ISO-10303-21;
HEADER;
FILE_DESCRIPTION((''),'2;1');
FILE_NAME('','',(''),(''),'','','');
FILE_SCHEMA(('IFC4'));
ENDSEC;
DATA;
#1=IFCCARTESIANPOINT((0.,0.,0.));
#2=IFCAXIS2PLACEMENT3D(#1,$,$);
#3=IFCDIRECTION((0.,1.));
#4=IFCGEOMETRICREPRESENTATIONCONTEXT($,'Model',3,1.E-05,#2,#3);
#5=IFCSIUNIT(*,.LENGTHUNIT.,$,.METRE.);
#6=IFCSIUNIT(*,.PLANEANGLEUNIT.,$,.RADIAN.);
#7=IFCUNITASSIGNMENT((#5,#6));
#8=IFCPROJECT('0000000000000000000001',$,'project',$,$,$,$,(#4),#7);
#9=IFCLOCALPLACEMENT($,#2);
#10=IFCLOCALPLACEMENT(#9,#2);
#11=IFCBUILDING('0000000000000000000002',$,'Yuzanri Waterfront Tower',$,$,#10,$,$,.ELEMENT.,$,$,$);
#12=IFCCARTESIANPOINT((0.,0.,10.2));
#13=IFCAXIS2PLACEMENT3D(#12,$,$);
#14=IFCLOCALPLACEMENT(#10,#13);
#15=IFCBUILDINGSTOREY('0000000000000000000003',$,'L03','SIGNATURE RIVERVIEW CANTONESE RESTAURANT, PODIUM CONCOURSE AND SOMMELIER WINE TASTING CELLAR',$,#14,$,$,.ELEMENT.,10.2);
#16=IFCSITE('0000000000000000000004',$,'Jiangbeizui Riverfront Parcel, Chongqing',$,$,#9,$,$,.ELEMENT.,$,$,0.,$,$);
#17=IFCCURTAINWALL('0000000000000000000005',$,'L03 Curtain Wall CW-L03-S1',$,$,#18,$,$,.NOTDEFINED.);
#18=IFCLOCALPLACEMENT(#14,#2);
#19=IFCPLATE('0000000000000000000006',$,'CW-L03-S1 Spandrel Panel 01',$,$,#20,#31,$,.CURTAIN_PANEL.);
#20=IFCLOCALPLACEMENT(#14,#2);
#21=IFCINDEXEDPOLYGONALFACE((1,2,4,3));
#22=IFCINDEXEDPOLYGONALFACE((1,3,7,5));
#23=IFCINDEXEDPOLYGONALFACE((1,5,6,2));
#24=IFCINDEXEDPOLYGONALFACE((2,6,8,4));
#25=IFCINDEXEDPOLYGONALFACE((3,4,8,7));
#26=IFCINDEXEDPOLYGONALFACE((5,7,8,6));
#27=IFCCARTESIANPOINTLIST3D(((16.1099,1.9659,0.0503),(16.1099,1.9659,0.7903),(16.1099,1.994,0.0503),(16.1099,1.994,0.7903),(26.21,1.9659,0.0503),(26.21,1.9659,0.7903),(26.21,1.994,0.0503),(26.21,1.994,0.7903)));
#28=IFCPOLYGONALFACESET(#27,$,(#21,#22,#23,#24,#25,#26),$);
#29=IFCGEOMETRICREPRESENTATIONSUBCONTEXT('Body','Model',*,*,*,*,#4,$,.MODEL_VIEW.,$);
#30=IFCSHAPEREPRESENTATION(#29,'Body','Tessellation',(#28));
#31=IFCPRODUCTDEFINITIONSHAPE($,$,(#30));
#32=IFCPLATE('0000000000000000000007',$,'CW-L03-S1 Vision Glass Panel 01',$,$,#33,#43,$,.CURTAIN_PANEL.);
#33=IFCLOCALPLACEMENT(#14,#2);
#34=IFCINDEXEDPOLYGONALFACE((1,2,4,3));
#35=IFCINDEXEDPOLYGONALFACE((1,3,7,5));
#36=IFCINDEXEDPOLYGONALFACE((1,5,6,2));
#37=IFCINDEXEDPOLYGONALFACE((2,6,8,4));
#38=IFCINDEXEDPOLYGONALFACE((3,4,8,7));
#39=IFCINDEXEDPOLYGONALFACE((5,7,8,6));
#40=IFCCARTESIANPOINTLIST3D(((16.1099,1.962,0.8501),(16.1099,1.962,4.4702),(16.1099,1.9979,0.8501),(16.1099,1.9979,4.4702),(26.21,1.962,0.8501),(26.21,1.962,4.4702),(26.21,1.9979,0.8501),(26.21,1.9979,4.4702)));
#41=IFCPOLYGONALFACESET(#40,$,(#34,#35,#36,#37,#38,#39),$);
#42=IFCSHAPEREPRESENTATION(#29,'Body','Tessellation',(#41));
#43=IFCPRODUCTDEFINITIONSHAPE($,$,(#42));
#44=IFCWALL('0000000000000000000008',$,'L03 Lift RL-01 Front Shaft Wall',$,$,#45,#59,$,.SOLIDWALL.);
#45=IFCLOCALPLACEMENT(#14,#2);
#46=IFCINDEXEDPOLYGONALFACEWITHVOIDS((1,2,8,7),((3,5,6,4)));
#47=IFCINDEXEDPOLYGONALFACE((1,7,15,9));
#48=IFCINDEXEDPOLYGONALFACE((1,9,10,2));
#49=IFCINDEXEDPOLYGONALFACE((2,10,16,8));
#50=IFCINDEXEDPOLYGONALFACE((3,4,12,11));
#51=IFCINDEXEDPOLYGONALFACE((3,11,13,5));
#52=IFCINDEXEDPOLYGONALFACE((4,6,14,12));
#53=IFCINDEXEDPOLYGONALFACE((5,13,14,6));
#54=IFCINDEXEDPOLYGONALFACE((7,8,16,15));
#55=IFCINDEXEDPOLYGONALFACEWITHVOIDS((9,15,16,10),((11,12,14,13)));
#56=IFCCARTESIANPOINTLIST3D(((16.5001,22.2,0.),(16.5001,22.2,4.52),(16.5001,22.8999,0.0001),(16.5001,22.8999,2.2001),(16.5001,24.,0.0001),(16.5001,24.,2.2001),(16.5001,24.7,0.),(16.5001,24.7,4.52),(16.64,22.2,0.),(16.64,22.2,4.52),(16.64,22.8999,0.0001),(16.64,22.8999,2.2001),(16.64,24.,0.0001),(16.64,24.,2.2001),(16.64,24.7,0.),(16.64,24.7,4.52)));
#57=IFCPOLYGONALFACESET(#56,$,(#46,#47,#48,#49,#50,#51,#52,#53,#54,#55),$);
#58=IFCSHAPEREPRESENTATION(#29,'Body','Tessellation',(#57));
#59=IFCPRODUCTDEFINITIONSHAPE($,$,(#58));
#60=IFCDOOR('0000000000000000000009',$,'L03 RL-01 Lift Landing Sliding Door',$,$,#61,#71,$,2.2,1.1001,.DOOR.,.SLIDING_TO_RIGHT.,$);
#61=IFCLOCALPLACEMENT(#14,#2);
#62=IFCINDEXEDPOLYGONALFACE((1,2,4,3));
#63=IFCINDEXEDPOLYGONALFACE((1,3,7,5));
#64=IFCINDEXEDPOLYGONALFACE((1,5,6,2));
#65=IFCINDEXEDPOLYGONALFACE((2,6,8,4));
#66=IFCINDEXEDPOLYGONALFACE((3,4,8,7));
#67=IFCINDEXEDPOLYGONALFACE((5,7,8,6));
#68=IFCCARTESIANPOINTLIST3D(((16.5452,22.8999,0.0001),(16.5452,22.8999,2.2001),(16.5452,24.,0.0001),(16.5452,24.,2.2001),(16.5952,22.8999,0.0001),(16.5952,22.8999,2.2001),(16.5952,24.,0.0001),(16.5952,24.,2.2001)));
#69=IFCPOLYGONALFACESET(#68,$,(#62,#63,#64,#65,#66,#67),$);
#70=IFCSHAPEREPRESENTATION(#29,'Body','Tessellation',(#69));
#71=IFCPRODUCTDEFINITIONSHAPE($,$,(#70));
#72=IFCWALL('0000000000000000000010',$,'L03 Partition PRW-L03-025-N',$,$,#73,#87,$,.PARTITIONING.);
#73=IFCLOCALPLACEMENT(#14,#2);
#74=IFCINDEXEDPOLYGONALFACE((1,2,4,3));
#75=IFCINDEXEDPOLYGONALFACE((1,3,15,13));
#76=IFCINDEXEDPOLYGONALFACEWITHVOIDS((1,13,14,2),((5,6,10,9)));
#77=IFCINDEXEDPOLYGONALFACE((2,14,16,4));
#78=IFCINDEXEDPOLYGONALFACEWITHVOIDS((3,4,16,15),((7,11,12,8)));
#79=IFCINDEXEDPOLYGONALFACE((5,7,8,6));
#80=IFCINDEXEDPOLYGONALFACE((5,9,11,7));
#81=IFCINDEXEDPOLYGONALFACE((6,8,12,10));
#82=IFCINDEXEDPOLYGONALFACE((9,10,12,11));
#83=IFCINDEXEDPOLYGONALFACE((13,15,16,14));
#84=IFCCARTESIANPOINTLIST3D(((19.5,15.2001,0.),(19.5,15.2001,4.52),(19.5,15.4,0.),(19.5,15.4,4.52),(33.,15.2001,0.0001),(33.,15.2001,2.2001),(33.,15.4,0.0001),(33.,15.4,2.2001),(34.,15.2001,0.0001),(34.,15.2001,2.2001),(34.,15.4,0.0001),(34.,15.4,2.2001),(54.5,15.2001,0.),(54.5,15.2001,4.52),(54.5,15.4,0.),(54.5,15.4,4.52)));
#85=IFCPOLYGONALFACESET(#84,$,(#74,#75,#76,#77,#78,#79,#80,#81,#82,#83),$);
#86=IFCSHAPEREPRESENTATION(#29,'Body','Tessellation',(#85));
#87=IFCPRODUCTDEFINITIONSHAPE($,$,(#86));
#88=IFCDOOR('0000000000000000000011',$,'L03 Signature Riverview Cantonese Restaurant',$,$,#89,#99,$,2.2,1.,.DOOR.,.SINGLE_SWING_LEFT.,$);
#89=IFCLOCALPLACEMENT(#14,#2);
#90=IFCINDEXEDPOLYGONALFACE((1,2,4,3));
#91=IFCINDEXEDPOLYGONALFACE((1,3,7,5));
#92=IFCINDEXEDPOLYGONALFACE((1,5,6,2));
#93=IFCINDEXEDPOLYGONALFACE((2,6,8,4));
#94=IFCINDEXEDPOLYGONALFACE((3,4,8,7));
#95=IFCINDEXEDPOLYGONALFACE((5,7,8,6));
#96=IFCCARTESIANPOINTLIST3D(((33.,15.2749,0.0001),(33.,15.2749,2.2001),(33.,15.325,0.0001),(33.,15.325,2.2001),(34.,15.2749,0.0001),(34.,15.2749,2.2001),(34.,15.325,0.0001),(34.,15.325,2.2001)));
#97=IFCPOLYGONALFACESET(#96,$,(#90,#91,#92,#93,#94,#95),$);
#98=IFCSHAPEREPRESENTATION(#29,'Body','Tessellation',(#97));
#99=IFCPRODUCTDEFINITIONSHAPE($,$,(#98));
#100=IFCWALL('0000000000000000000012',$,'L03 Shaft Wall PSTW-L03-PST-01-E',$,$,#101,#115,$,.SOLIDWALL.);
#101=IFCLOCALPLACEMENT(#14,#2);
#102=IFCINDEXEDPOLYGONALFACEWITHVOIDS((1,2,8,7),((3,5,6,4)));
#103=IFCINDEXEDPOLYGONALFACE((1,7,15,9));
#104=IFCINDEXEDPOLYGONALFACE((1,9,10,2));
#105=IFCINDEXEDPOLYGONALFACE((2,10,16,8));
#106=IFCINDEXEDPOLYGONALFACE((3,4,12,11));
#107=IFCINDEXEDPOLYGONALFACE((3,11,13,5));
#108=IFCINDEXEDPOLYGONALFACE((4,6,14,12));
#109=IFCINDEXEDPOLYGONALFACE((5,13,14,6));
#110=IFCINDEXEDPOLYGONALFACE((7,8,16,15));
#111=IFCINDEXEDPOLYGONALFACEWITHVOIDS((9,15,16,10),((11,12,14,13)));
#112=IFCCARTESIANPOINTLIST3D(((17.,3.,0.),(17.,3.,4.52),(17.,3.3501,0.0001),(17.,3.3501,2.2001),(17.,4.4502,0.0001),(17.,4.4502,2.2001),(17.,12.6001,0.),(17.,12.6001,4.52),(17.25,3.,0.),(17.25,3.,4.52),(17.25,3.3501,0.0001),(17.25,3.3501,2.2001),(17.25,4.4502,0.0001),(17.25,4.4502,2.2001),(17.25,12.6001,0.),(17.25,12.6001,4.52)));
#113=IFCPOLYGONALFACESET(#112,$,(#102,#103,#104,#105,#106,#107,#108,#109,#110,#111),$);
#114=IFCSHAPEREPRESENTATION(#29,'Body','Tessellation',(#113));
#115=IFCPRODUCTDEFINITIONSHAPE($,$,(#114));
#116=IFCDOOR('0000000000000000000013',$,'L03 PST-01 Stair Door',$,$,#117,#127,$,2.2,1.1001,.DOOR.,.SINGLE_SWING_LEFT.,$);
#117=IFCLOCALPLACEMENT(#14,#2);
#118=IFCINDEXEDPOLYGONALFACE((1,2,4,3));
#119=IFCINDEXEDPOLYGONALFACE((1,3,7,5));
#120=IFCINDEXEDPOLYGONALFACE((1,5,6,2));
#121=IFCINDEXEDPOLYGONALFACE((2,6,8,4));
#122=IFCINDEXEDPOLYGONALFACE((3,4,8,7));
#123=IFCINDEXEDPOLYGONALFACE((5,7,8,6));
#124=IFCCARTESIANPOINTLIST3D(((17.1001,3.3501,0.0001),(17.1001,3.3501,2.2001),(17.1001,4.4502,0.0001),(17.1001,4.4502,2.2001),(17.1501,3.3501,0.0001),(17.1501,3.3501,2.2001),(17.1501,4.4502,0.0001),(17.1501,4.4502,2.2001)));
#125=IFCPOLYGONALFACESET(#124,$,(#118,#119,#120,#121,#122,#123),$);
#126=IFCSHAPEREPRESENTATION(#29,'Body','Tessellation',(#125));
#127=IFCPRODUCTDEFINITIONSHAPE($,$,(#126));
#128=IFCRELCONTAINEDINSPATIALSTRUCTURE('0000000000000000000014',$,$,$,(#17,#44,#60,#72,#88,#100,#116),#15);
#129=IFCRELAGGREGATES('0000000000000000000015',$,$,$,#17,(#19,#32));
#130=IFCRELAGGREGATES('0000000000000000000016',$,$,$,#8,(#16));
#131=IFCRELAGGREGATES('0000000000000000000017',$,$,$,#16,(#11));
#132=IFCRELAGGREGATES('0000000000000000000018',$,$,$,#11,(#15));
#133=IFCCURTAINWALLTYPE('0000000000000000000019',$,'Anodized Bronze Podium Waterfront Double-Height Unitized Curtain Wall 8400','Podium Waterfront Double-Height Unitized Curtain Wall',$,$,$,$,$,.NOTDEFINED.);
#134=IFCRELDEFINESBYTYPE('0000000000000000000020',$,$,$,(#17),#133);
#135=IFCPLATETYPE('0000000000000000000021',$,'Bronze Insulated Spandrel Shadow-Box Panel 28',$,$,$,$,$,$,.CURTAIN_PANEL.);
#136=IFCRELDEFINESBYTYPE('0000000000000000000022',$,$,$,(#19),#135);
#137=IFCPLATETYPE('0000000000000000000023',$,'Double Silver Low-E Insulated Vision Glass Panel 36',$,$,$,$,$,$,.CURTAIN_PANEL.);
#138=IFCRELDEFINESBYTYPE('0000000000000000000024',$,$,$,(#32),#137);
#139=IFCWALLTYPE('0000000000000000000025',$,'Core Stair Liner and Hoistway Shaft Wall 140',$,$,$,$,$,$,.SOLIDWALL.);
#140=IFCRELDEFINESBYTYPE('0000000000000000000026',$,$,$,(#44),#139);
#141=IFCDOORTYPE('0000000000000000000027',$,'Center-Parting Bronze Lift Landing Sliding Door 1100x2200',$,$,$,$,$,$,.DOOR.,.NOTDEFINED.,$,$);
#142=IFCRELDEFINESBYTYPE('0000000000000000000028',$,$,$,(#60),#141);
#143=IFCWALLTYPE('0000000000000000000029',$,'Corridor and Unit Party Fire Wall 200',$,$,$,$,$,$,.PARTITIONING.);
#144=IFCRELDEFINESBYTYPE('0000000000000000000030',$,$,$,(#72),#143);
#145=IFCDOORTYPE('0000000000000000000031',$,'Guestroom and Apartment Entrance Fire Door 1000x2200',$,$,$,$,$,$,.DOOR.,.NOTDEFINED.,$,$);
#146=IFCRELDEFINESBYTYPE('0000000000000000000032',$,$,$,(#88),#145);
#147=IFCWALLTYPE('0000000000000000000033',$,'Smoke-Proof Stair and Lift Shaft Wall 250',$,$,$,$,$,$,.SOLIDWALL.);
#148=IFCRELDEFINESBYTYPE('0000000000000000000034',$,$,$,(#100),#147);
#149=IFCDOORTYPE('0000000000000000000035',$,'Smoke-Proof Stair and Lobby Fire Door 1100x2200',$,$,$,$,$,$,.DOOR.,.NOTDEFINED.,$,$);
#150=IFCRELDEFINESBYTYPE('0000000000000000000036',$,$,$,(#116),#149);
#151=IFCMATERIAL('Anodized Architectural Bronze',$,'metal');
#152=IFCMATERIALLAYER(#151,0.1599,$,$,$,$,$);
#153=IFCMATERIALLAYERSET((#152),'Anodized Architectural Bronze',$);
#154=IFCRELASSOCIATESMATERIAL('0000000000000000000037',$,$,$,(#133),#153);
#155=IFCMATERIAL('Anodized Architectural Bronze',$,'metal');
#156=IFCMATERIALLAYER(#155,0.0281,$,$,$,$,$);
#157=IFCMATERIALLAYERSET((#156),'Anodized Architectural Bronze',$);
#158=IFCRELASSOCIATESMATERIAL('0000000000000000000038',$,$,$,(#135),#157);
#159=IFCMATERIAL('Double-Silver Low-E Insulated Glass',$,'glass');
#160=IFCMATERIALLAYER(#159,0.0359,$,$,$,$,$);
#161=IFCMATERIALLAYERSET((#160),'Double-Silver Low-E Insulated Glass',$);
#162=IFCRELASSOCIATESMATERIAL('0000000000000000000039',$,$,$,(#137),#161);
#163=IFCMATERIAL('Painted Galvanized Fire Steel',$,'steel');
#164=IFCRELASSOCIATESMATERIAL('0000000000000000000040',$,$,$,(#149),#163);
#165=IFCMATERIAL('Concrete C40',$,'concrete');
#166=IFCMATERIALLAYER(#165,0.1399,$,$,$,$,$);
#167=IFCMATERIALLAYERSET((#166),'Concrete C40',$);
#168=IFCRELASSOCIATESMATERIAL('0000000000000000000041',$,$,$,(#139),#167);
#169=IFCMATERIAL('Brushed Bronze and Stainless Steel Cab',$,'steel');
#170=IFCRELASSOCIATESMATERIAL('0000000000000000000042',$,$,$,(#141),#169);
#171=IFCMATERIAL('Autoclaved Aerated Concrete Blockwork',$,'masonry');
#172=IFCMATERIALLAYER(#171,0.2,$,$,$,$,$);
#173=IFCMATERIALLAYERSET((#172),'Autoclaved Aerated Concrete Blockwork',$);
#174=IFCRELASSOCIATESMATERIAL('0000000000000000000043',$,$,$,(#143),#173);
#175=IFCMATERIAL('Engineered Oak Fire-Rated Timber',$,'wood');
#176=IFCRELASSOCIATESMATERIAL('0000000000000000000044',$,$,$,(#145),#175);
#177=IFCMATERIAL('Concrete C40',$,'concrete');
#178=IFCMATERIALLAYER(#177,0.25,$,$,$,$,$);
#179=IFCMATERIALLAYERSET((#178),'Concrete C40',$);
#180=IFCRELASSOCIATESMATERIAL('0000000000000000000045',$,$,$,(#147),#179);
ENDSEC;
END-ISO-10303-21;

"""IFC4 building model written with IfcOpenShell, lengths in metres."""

from ifc_helpers import new_model, si_unit, direction, frame, frame_2d, origin, origin_2d, place, context, subcontext, project, spatial, rectangle, extrude, source, transform, mapped, material, layer, layer_set, type_object, element, fill, aggregate, save


model = new_model("IFC4")

# Units and contexts
model_context = context("Model", 3, precision=1e-05, world=origin(), true_north=direction((0.0, 1.0)))
body_context = subcontext(model_context, "Body", "Model", "MODEL_VIEW")
ifc_project = project(units=[si_unit("LENGTHUNIT", "METRE"), si_unit("PLANEANGLEUNIT", "RADIAN")], contexts=[model_context])

# Site, building, storey
site_placement = place(None, origin())
site = spatial("IfcSite", under=ifc_project, at=site_placement, Name="Jiangbeizui Riverfront Parcel, Chongqing", CompositionType="ELEMENT", RefElevation=0.0)
building_placement = place(site_placement, origin())
building = spatial("IfcBuilding", under=site, at=building_placement, Name="Yuzanri Waterfront Tower", CompositionType="ELEMENT")
storey_placement = place(building_placement, frame((0.0, 0.0, 10.2)))
storey = spatial("IfcBuildingStorey", under=building, at=storey_placement, Name="L03", Description="SIGNATURE RIVERVIEW CANTONESE RESTAURANT, PODIUM CONCOURSE AND SOMMELIER WINE TASTING CELLAR", CompositionType="ELEMENT", Elevation=10.2)

# Curtain wall, plates
ifc_material_1 = material(Name="Anodized Architectural Bronze", Category="metal")
ifc_layer_1 = layer(ifc_material_1, 0.1599)
ifc_layer_set_1 = layer_set([ifc_layer_1], Name="Anodized Architectural Bronze")
curtain_wall_type = type_object("IfcCurtainWallType", Name="Anodized Bronze Podium Waterfront Double-Height Unitized Curtain Wall 8400", Description="Podium Waterfront Double-Height Unitized Curtain Wall", PredefinedType="NOTDEFINED", material=ifc_layer_set_1)
curtain_wall_placement = place(storey_placement, origin())
curtain_wall = element("IfcCurtainWall", 1, at=curtain_wall_placement, inside=storey, type_object=curtain_wall_type, Name="L03 Curtain Wall CW-L03-S1", PredefinedType="NOTDEFINED")
ifc_material_2 = material(Name="Anodized Architectural Bronze", Category="metal")
ifc_layer_2 = layer(ifc_material_2, 0.0281)
ifc_layer_set_2 = layer_set([ifc_layer_2], Name="Anodized Architectural Bronze")
plate_type_1 = type_object("IfcPlateType", Name="Bronze Insulated Spandrel Shadow-Box Panel 28", PredefinedType="CURTAIN_PANEL", material=ifc_layer_set_2)
shared_shape_1 = source(origin(), body_context, "Body", "SweptSolid", [
    extrude(rectangle(XDim=10.1001, YDim=0.0281, at=origin_2d()), origin(), (0.0, 0.0, 1.0), 0.74),
])
plate_1_placement = place(storey_placement, frame((21.1599, 1.98, 0.0503), z_axis=(0.0, 0.0, 1.0), x_axis=(1.0, 0.0, 0.0)))
plate_1 = element("IfcPlate", 2, at=plate_1_placement, type_object=plate_type_1, Name="CW-L03-S1 Spandrel Panel 01", PredefinedType="CURTAIN_PANEL", context=body_context, shape_type="MappedRepresentation", body=[
    mapped(shared_shape_1, transform((0.0, 0.0, 0.0), scale=1.0)),
])
ifc_material_3 = material(Name="Double-Silver Low-E Insulated Glass", Category="glass")
ifc_layer_3 = layer(ifc_material_3, 0.0359)
ifc_layer_set_3 = layer_set([ifc_layer_3], Name="Double-Silver Low-E Insulated Glass")
plate_type_2 = type_object("IfcPlateType", Name="Double Silver Low-E Insulated Vision Glass Panel 36", PredefinedType="CURTAIN_PANEL", material=ifc_layer_set_3)
shared_shape_2 = source(origin(), body_context, "Body", "SweptSolid", [
    extrude(rectangle(XDim=10.1001, YDim=0.0359, at=origin_2d()), origin(), (0.0, 0.0, 1.0), 3.6201),
])
plate_2_placement = place(storey_placement, frame((21.1599, 1.98, 0.8501), z_axis=(0.0, 0.0, 1.0), x_axis=(1.0, 0.0, 0.0)))
plate_2 = element("IfcPlate", 3, at=plate_2_placement, type_object=plate_type_2, Name="CW-L03-S1 Vision Glass Panel 01", PredefinedType="CURTAIN_PANEL", context=body_context, shape_type="MappedRepresentation", body=[
    mapped(shared_shape_2, transform((0.0, 0.0, 0.0), scale=1.0)),
])
aggregate(curtain_wall, [plate_1, plate_2])

# Shared definitions
ifc_material_4 = material(Name="Painted Galvanized Fire Steel", Category="steel")
door_type_1 = type_object("IfcDoorType", Name="Smoke-Proof Stair and Lobby Fire Door 1100x2200", OperationType="NOTDEFINED", PredefinedType="DOOR", material=ifc_material_4)
shared_shape_3 = source(origin(), body_context, "Body", "SweptSolid", [
    extrude(rectangle(XDim=1.1001, YDim=2.2, at=frame_2d((0.55, 1.1001))), frame((0.0, 0.0249, 0.0), z_axis=(0.0, -1.0, 0.0), x_axis=(1.0, 0.0, 0.0)), (0.0, 0.0, 1.0), 0.05),
])

# Walls, openings, doors
ifc_material_5 = material(Name="Concrete C40", Category="concrete")
ifc_layer_4 = layer(ifc_material_5, 0.1399)
ifc_layer_set_4 = layer_set([ifc_layer_4], Name="Concrete C40")
wall_type_1 = type_object("IfcWallType", Name="Core Stair Liner and Hoistway Shaft Wall 140", PredefinedType="SOLIDWALL", material=ifc_layer_set_4)
wall_1_placement = place(storey_placement, frame((16.5701, 22.2, 0.0), z_axis=(0.0, 0.0, 1.0), x_axis=(0.0, 1.0, 0.0)))
wall_1 = element("IfcWall", 4, at=wall_1_placement, inside=storey, type_object=wall_type_1, Name="L03 Lift RL-01 Front Shaft Wall", PredefinedType="SOLIDWALL", context=body_context, shape_type="SweptSolid", body=[
    extrude(rectangle(XDim=2.5, YDim=0.1399, at=frame_2d((1.25, 0.0))), origin(), (0.0, 0.0, 1.0), 4.52),
])
opening_1_placement = place(wall_1_placement, frame((0.7, 0.0, 0.0)))
opening_1 = element("IfcOpeningElement", 5, at=opening_1_placement, cuts=wall_1, PredefinedType="OPENING", context=body_context, shape_type="SweptSolid", body=[
    extrude(rectangle(XDim=1.1001, YDim=2.2, at=frame_2d((0.55, 1.1001))), frame((0.0, 0.085, 0.0), z_axis=(0.0, -1.0, 0.0), x_axis=(1.0, 0.0, 0.0)), (0.0, 0.0, 1.0), 0.1697),
])
ifc_material_6 = material(Name="Brushed Bronze and Stainless Steel Cab", Category="steel")
door_type_2 = type_object("IfcDoorType", Name="Center-Parting Bronze Lift Landing Sliding Door 1100x2200", OperationType="NOTDEFINED", PredefinedType="DOOR", material=ifc_material_6)
shared_shape_4 = source(origin(), body_context, "Body", "SweptSolid", [
    extrude(rectangle(XDim=1.1001, YDim=2.2, at=frame_2d((0.55, 1.1001))), frame((0.0, 0.0249, 0.0), z_axis=(0.0, -1.0, 0.0), x_axis=(1.0, 0.0, 0.0)), (0.0, 0.0, 1.0), 0.05),
])
door_1_placement = place(opening_1_placement, origin())
door_1 = element("IfcDoor", 6, at=door_1_placement, inside=storey, type_object=door_type_2, Name="L03 RL-01 Lift Landing Sliding Door", OperationType="SLIDING_TO_RIGHT", OverallHeight=2.2, OverallWidth=1.1001, PredefinedType="DOOR", context=body_context, shape_type="MappedRepresentation", body=[
    mapped(shared_shape_4, transform((0.0, 0.0, 0.0), scale=1.0)),
])
fill(opening_1, door_1)
ifc_material_7 = material(Name="Autoclaved Aerated Concrete Blockwork", Category="masonry")
ifc_layer_5 = layer(ifc_material_7, 0.2)
ifc_layer_set_5 = layer_set([ifc_layer_5], Name="Autoclaved Aerated Concrete Blockwork")
wall_type_2 = type_object("IfcWallType", Name="Corridor and Unit Party Fire Wall 200", PredefinedType="PARTITIONING", material=ifc_layer_set_5)
wall_2_placement = place(storey_placement, frame((19.5, 15.3, 0.0), z_axis=(0.0, 0.0, 1.0), x_axis=(1.0, 0.0, 0.0)))
wall_2 = element("IfcWall", 7, at=wall_2_placement, inside=storey, type_object=wall_type_2, Name="L03 Partition PRW-L03-025-N", PredefinedType="PARTITIONING", context=body_context, shape_type="SweptSolid", body=[
    extrude(rectangle(XDim=35.0, YDim=0.2, at=frame_2d((17.5, 0.0))), origin(), (0.0, 0.0, 1.0), 4.52),
])
opening_2_placement = place(wall_2_placement, frame((13.5, 0.0, 0.0)))
opening_2 = element("IfcOpeningElement", 8, at=opening_2_placement, cuts=wall_2, PredefinedType="OPENING", context=body_context, shape_type="SweptSolid", body=[
    extrude(rectangle(XDim=1.0, YDim=2.2, at=frame_2d((0.5, 1.1001))), frame((0.0, 0.1147, 0.0), z_axis=(0.0, -1.0, 0.0), x_axis=(1.0, 0.0, 0.0)), (0.0, 0.0, 1.0), 0.2297),
])
ifc_material_8 = material(Name="Engineered Oak Fire-Rated Timber", Category="wood")
door_type_3 = type_object("IfcDoorType", Name="Guestroom and Apartment Entrance Fire Door 1000x2200", OperationType="NOTDEFINED", PredefinedType="DOOR", material=ifc_material_8)
shared_shape_5 = source(origin(), body_context, "Body", "SweptSolid", [
    extrude(rectangle(XDim=1.0, YDim=2.2, at=frame_2d((0.5, 1.1001))), frame((0.0, 0.0249, 0.0), z_axis=(0.0, -1.0, 0.0), x_axis=(1.0, 0.0, 0.0)), (0.0, 0.0, 1.0), 0.05),
])
door_2_placement = place(opening_2_placement, origin())
door_2 = element("IfcDoor", 9, at=door_2_placement, inside=storey, type_object=door_type_3, Name="L03 Signature Riverview Cantonese Restaurant", OperationType="SINGLE_SWING_LEFT", OverallHeight=2.2, OverallWidth=1.0, PredefinedType="DOOR", context=body_context, shape_type="MappedRepresentation", body=[
    mapped(shared_shape_5, transform((0.0, 0.0, 0.0), scale=1.0)),
])
fill(opening_2, door_2)
ifc_material_9 = material(Name="Concrete C40", Category="concrete")
ifc_layer_6 = layer(ifc_material_9, 0.25)
ifc_layer_set_6 = layer_set([ifc_layer_6], Name="Concrete C40")
wall_type_3 = type_object("IfcWallType", Name="Smoke-Proof Stair and Lift Shaft Wall 250", PredefinedType="SOLIDWALL", material=ifc_layer_set_6)
wall_3_placement = place(storey_placement, frame((17.125, 3.0, 0.0), z_axis=(0.0, 0.0, 1.0), x_axis=(0.0, 1.0, 0.0)))
wall_3 = element("IfcWall", 10, at=wall_3_placement, inside=storey, type_object=wall_type_3, Name="L03 Shaft Wall PSTW-L03-PST-01-E", PredefinedType="SOLIDWALL", context=body_context, shape_type="SweptSolid", body=[
    extrude(rectangle(XDim=9.6001, YDim=0.25, at=frame_2d((4.8, 0.0))), origin(), (0.0, 0.0, 1.0), 4.52),
])
opening_3_placement = place(wall_3_placement, frame((0.3501, 0.0, 0.0)))
opening_3 = element("IfcOpeningElement", 11, at=opening_3_placement, cuts=wall_3, PredefinedType="OPENING", context=body_context, shape_type="SweptSolid", body=[
    extrude(rectangle(XDim=1.1001, YDim=2.2, at=frame_2d((0.55, 1.1001))), frame((0.0, 0.1399, 0.0), z_axis=(0.0, -1.0, 0.0), x_axis=(1.0, 0.0, 0.0)), (0.0, 0.0, 1.0), 0.2798),
])
door_3_placement = place(opening_3_placement, origin())
door_3 = element("IfcDoor", 12, at=door_3_placement, inside=storey, type_object=door_type_1, Name="L03 PST-01 Stair Door", OperationType="SINGLE_SWING_LEFT", OverallHeight=2.2, OverallWidth=1.1001, PredefinedType="DOOR", context=body_context, shape_type="MappedRepresentation", body=[
    mapped(shared_shape_3, transform((0.0, 0.0, 0.0), scale=1.0)),
])
fill(opening_3, door_3)

save(model, "model.ifc")
